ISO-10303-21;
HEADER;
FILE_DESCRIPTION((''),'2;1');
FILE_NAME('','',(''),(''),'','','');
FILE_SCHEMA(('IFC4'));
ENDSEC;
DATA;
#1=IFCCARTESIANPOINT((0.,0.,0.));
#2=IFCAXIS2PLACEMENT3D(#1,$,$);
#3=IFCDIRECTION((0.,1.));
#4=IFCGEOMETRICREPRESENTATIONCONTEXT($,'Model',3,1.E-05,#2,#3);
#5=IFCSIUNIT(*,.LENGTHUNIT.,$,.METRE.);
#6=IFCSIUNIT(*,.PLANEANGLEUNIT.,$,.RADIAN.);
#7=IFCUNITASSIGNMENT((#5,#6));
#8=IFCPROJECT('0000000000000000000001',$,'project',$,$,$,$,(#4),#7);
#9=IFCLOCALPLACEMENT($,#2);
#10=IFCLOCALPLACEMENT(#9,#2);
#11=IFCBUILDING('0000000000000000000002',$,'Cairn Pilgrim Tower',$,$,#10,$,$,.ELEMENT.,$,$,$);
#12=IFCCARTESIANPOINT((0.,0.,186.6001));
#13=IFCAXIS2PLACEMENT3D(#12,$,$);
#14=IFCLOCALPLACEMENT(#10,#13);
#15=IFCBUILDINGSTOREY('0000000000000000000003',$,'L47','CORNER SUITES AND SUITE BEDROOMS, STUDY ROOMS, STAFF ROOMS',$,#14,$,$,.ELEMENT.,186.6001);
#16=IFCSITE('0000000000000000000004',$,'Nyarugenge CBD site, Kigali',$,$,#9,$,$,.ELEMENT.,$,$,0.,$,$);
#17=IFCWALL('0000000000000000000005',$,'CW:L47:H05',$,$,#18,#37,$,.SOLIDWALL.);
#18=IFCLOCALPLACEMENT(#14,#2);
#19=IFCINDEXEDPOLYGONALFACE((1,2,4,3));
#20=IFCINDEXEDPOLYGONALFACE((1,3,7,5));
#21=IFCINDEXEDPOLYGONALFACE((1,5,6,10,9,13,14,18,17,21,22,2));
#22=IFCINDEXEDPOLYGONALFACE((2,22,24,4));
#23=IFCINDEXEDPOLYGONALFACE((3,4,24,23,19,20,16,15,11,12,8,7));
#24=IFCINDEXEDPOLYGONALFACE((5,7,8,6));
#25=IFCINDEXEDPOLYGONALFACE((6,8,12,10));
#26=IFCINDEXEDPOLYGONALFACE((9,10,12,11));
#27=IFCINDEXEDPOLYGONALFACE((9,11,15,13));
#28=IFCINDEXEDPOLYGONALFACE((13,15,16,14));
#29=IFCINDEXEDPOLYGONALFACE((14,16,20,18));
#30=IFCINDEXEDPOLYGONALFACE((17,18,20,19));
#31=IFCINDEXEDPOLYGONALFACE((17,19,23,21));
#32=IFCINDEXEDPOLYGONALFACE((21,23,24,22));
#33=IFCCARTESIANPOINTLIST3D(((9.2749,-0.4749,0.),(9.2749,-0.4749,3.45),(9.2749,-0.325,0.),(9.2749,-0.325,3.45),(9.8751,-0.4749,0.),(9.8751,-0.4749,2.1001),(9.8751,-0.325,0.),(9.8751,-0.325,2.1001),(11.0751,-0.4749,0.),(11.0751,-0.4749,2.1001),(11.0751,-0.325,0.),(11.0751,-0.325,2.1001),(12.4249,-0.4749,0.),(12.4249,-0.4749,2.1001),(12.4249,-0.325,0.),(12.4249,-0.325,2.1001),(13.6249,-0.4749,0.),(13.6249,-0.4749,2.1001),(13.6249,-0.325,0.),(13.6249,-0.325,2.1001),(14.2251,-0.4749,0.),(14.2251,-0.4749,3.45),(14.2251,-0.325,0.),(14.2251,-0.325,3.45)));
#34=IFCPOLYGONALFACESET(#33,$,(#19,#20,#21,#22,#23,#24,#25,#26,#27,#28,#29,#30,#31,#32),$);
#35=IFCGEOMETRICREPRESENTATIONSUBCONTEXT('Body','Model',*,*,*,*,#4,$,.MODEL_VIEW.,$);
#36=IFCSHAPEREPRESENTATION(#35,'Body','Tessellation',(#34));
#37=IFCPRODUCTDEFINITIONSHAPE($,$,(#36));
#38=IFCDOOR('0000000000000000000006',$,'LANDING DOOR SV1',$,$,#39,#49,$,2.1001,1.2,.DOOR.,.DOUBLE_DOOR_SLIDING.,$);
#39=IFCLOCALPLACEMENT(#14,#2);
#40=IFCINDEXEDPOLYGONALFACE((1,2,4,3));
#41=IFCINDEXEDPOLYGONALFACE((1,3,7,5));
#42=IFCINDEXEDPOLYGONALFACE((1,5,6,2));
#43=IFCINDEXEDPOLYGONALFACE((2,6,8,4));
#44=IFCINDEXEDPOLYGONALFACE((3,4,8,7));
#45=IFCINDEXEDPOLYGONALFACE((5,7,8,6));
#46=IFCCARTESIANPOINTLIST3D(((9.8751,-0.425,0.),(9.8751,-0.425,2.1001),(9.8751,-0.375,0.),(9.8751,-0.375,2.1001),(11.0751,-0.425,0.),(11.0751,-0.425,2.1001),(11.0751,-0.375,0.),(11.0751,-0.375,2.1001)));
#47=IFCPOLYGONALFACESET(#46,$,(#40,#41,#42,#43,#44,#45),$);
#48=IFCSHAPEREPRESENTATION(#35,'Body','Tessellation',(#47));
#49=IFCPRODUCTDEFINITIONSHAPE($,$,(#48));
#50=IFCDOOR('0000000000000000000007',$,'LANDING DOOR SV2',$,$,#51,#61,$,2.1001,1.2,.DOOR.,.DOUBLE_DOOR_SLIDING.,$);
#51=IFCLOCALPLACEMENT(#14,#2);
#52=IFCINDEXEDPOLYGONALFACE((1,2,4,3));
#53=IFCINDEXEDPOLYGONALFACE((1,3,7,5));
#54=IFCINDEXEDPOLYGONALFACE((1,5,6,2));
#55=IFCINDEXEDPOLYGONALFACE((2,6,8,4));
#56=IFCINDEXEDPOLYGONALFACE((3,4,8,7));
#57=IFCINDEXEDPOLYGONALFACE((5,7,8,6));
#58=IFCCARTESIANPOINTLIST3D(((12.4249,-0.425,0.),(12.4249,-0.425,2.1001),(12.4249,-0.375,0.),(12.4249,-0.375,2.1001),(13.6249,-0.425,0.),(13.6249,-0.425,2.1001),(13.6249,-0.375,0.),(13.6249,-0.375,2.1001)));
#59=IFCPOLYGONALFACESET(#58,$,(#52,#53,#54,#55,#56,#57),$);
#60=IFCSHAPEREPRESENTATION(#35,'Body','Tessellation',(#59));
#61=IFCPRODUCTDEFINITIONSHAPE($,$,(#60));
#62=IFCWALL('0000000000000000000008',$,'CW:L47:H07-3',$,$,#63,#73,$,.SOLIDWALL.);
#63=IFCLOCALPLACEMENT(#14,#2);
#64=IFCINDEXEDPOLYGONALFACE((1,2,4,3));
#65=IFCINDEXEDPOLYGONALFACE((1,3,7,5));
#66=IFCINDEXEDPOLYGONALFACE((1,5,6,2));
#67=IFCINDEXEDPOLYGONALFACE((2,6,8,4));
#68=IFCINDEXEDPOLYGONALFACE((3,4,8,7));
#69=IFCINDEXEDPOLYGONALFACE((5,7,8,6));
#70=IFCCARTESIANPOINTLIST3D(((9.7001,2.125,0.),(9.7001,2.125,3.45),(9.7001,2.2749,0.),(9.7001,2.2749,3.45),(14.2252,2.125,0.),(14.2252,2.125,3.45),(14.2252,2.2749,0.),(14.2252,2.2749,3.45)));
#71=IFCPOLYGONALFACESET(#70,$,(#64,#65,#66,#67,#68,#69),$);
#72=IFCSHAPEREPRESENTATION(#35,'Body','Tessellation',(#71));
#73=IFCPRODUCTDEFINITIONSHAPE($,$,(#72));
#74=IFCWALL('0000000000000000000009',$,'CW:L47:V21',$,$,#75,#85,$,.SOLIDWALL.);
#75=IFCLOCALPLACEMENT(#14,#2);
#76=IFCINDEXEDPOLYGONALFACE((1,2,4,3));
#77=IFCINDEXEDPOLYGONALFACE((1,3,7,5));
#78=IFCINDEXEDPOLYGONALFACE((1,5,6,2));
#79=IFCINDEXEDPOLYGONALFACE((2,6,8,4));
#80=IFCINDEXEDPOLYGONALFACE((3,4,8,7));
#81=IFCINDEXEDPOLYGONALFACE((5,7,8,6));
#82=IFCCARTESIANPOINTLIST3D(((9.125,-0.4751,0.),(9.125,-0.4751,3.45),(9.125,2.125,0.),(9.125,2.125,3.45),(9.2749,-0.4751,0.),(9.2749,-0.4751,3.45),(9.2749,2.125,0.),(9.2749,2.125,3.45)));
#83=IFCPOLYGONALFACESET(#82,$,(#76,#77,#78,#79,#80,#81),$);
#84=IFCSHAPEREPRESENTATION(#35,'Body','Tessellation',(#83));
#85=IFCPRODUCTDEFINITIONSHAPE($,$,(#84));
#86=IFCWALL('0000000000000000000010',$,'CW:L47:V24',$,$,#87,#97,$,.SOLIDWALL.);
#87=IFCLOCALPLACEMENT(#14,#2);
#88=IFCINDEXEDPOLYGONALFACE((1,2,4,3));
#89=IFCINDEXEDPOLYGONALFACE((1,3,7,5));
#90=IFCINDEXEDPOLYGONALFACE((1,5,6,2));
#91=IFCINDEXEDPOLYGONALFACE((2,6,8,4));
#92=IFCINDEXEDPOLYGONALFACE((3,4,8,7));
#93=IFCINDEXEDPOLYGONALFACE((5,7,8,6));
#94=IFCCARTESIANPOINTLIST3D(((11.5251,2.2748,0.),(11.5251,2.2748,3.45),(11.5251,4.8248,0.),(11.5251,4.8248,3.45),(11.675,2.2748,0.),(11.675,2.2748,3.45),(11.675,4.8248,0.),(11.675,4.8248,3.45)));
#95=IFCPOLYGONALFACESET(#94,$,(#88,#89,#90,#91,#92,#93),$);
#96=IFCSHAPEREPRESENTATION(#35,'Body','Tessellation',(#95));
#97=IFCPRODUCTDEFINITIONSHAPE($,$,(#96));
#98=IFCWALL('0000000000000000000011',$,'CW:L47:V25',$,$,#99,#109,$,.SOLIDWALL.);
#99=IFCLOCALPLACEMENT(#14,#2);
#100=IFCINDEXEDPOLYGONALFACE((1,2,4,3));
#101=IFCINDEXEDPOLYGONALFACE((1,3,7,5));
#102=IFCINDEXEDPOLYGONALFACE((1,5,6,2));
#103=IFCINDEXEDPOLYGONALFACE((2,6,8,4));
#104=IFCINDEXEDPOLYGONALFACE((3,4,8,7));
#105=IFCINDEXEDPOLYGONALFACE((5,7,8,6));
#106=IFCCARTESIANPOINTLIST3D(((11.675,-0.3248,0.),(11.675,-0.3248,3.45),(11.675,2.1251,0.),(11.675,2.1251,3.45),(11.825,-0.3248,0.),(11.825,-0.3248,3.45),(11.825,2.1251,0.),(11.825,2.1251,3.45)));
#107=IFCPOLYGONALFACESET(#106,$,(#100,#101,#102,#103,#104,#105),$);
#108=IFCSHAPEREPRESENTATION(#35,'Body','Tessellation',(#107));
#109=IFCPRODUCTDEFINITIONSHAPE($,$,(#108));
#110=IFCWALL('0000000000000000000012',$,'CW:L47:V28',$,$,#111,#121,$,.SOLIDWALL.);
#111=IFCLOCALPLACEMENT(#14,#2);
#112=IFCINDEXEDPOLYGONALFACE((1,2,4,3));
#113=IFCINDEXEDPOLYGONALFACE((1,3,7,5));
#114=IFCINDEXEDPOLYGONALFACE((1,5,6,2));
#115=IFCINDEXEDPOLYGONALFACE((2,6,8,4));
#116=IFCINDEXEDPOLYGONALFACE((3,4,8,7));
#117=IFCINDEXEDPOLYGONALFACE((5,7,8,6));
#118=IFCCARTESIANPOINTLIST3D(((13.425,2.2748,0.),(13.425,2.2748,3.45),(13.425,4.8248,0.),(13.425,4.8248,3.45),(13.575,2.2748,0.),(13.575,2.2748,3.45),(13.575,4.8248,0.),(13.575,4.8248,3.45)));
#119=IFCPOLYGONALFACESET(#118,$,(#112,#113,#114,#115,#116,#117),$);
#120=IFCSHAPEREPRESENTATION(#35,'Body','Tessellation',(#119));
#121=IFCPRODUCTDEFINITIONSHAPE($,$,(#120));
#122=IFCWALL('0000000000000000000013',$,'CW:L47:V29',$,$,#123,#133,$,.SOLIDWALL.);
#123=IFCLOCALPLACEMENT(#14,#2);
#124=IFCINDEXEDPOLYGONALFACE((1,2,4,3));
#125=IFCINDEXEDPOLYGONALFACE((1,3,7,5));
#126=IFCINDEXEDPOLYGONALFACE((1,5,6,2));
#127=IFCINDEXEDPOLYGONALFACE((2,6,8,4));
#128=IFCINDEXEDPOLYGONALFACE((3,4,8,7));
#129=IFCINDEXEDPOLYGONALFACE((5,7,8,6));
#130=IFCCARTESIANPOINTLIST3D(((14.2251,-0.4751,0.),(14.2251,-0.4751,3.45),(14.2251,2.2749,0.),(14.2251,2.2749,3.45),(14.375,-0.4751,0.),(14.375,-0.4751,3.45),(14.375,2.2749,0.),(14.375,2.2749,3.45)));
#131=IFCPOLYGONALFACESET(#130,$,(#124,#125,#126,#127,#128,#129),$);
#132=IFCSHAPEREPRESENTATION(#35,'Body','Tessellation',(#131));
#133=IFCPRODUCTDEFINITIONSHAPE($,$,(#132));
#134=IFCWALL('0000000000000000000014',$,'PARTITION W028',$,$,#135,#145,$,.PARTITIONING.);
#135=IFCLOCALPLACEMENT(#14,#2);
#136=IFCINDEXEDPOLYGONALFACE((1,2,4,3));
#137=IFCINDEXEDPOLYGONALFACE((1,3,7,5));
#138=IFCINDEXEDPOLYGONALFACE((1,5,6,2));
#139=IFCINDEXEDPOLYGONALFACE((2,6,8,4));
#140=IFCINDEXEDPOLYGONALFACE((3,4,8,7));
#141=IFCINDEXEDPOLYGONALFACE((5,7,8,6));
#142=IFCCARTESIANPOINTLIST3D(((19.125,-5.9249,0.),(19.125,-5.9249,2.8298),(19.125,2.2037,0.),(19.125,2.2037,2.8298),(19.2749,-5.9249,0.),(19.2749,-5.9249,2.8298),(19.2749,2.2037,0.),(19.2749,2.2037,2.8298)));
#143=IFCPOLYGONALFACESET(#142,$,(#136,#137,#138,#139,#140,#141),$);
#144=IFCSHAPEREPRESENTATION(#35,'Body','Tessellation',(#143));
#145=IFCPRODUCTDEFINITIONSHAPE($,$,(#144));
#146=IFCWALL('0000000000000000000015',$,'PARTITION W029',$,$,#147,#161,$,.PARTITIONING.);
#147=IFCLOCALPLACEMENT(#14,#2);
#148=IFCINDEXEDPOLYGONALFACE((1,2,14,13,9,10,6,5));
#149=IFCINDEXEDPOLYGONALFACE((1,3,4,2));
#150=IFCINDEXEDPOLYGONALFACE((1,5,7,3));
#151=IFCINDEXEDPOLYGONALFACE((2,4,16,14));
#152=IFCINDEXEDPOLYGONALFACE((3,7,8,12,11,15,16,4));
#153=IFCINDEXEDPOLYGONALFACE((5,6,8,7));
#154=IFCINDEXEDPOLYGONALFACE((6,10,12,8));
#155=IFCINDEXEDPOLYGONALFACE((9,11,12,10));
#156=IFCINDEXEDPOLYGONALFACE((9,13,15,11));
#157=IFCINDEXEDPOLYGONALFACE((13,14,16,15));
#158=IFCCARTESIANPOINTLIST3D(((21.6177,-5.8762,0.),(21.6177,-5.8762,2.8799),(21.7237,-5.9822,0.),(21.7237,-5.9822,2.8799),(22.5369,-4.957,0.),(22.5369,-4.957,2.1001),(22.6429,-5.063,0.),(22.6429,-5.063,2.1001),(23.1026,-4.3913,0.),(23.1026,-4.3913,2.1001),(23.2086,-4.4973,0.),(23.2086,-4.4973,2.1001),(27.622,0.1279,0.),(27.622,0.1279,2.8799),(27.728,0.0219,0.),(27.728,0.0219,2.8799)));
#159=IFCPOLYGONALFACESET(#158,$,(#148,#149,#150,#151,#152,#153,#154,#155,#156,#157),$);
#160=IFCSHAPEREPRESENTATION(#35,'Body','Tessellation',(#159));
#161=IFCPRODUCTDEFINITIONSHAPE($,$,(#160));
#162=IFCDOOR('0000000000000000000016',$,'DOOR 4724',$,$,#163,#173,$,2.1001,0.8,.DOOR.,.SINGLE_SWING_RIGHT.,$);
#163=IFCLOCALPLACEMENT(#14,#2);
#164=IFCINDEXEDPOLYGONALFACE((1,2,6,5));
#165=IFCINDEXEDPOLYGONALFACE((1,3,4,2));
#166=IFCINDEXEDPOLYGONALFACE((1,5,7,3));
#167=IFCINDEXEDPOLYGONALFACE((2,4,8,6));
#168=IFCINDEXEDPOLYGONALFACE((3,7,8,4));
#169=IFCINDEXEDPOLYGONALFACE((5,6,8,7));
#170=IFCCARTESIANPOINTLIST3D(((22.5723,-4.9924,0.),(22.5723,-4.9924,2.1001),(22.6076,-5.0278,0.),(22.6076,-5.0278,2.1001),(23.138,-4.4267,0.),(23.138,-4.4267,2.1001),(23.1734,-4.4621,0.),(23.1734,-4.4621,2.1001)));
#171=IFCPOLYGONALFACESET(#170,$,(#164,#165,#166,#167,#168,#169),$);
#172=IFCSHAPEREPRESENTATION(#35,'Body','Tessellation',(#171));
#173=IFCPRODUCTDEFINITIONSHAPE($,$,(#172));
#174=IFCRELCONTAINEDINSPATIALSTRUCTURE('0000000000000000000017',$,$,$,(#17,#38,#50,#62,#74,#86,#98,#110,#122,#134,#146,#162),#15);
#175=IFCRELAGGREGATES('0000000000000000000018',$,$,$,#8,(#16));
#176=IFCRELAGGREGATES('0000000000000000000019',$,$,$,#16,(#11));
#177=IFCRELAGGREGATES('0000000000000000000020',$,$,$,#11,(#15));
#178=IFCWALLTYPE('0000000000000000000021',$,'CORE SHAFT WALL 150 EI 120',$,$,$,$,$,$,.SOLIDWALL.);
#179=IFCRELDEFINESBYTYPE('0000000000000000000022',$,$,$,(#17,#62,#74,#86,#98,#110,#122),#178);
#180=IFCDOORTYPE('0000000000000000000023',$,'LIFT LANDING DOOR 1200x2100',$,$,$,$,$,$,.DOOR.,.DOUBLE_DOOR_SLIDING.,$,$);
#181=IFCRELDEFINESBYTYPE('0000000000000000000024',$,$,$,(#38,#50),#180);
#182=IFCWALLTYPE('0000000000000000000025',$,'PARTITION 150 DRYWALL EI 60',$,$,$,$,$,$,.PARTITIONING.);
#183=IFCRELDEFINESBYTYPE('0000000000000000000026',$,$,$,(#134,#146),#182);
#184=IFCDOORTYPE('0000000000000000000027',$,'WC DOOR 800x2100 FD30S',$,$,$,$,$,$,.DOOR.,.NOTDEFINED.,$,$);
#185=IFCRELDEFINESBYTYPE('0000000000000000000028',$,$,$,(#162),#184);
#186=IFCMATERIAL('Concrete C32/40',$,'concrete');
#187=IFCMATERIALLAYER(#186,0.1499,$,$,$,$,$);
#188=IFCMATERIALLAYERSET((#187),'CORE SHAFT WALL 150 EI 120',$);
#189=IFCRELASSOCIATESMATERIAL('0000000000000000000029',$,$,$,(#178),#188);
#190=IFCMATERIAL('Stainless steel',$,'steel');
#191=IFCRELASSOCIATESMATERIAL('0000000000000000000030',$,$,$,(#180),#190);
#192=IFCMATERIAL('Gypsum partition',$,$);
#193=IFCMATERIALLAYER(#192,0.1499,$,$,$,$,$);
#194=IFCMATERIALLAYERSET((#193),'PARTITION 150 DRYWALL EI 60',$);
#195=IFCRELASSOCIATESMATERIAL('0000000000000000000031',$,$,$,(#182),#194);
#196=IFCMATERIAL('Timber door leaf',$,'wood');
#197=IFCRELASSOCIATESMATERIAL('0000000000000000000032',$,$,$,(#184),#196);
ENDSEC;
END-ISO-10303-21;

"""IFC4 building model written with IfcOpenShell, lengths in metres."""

from ifc_helpers import new_model, si_unit, direction, frame, frame_2d, origin, place, context, subcontext, project, spatial, rectangle, extrude, material, layer, layer_set, type_object, element, fill, save


model = new_model("IFC4")

# Units and contexts
model_context = context("Model", 3, precision=1e-05, world=origin(), true_north=direction((0.0, 1.0)))
body_context = subcontext(model_context, "Body", "Model", "MODEL_VIEW")
ifc_project = project(units=[si_unit("LENGTHUNIT", "METRE"), si_unit("PLANEANGLEUNIT", "RADIAN")], contexts=[model_context])

# Site, building, storey
site_placement = place(None, origin())
site = spatial("IfcSite", under=ifc_project, at=site_placement, Name="Nyarugenge CBD site, Kigali", CompositionType="ELEMENT", RefElevation=0.0)
building_placement = place(site_placement, origin())
building = spatial("IfcBuilding", under=site, at=building_placement, Name="Cairn Pilgrim Tower", CompositionType="ELEMENT")
storey_placement = place(building_placement, frame((0.0, 0.0, 186.6001)))
storey = spatial("IfcBuildingStorey", under=building, at=storey_placement, Name="L47", Description="CORNER SUITES AND SUITE BEDROOMS, STUDY ROOMS, STAFF ROOMS", CompositionType="ELEMENT", Elevation=186.6001)

# Shared definitions
ifc_material_1 = material(Name="Concrete C32/40", Category="concrete")

# Wall, openings, doors
ifc_layer_1 = layer(ifc_material_1, 0.1499)
ifc_layer_set_1 = layer_set([ifc_layer_1], Name="CORE SHAFT WALL 150 EI 120")
wall_type_1 = type_object("IfcWallType", Name="CORE SHAFT WALL 150 EI 120", PredefinedType="SOLIDWALL", material=ifc_layer_set_1)
wall_1_placement = place(storey_placement, frame((9.2749, -0.3999, 0.0), z_axis=(0.0, 0.0, 1.0), x_axis=(1.0, 0.0, 0.0)))
wall_1 = element("IfcWall", 1, at=wall_1_placement, inside=storey, type_object=wall_type_1, Name="CW:L47:H05", PredefinedType="SOLIDWALL", context=body_context, shape_type="SweptSolid", body=[
    extrude(rectangle(XDim=4.9502, YDim=0.1499, at=frame_2d((2.4751, 0.0))), origin(), (0.0, 0.0, 1.0), 3.45),
])
opening_1_placement = place(wall_1_placement, frame((0.6001, 0.0, 0.0)))
opening_1 = element("IfcOpeningElement", 2, at=opening_1_placement, cuts=wall_1, PredefinedType="OPENING", context=body_context, shape_type="SweptSolid", body=[
    extrude(rectangle(XDim=1.2, YDim=2.1001, at=frame_2d((0.6001, 1.05))), frame((0.0, 0.085, 0.0), z_axis=(0.0, -1.0, 0.0), x_axis=(1.0, 0.0, 0.0)), (0.0, 0.0, 1.0), 0.1699),
])
opening_2_placement = place(wall_1_placement, frame((3.1499, 0.0, 0.0)))
opening_2 = element("IfcOpeningElement", 3, at=opening_2_placement, cuts=wall_1, PredefinedType="OPENING", context=body_context, shape_type="SweptSolid", body=[
    extrude(rectangle(XDim=1.2, YDim=2.1001, at=frame_2d((0.6001, 1.05))), frame((0.0, 0.085, 0.0), z_axis=(0.0, -1.0, 0.0), x_axis=(1.0, 0.0, 0.0)), (0.0, 0.0, 1.0), 0.1699),
])
ifc_material_2 = material(Name="Stainless steel", Category="steel")
door_type_1 = type_object("IfcDoorType", Name="LIFT LANDING DOOR 1200x2100", OperationType="DOUBLE_DOOR_SLIDING", PredefinedType="DOOR", material=ifc_material_2)
door_1_placement = place(opening_1_placement, origin())
door_1 = element("IfcDoor", 4, at=door_1_placement, inside=storey, type_object=door_type_1, Name="LANDING DOOR SV1", OperationType="DOUBLE_DOOR_SLIDING", OverallHeight=2.1001, OverallWidth=1.2, PredefinedType="DOOR", context=body_context, shape_type="SweptSolid", body=[
    extrude(rectangle(XDim=1.2, YDim=2.1001, at=frame_2d((0.6001, 1.05))), frame((0.0, 0.0249, 0.0), z_axis=(0.0, -1.0, 0.0), x_axis=(1.0, 0.0, 0.0)), (0.0, 0.0, 1.0), 0.05),
])
fill(opening_1, door_1)
door_2_placement = place(opening_2_placement, origin())
door_2 = element("IfcDoor", 5, at=door_2_placement, inside=storey, type_object=door_type_1, Name="LANDING DOOR SV2", OperationType="DOUBLE_DOOR_SLIDING", OverallHeight=2.1001, OverallWidth=1.2, PredefinedType="DOOR", context=body_context, shape_type="SweptSolid", body=[
    extrude(rectangle(XDim=1.2, YDim=2.1001, at=frame_2d((0.6001, 1.05))), frame((0.0, 0.0249, 0.0), z_axis=(0.0, -1.0, 0.0), x_axis=(1.0, 0.0, 0.0)), (0.0, 0.0, 1.0), 0.05),
])
fill(opening_2, door_2)

# Walls
wall_2_placement = place(storey_placement, frame((9.7, 2.2, 0.0), z_axis=(0.0, 0.0, 1.0), x_axis=(1.0, 0.0, 0.0)))
element("IfcWall", 6, at=wall_2_placement, inside=storey, type_object=wall_type_1, Name="CW:L47:H07-3", PredefinedType="SOLIDWALL", context=body_context, shape_type="SweptSolid", body=[
    extrude(rectangle(XDim=4.5251, YDim=0.1499, at=frame_2d((2.2627, 0.0))), origin(), (0.0, 0.0, 1.0), 3.45),
])
wall_3_placement = place(storey_placement, frame((9.2, -0.4751, 0.0), z_axis=(0.0, 0.0, 1.0), x_axis=(0.0, 1.0, 0.0)))
element("IfcWall", 7, at=wall_3_placement, inside=storey, type_object=wall_type_1, Name="CW:L47:V21", PredefinedType="SOLIDWALL", context=body_context, shape_type="SweptSolid", body=[
    extrude(rectangle(XDim=2.6001, YDim=0.1499, at=frame_2d((1.3, 0.0))), origin(), (0.0, 0.0, 1.0), 3.45),
])
wall_4_placement = place(storey_placement, frame((11.6001, 2.2749, 0.0), z_axis=(0.0, 0.0, 1.0), x_axis=(0.0, 1.0, 0.0)))
element("IfcWall", 8, at=wall_4_placement, inside=storey, type_object=wall_type_1, Name="CW:L47:V24", PredefinedType="SOLIDWALL", context=body_context, shape_type="SweptSolid", body=[
    extrude(rectangle(XDim=2.55, YDim=0.1499, at=frame_2d((1.2749, 0.0))), origin(), (0.0, 0.0, 1.0), 3.45),
])
wall_5_placement = place(storey_placement, frame((11.75, -0.325, 0.0), z_axis=(0.0, 0.0, 1.0), x_axis=(0.0, 1.0, 0.0)))
element("IfcWall", 9, at=wall_5_placement, inside=storey, type_object=wall_type_1, Name="CW:L47:V25", PredefinedType="SOLIDWALL", context=body_context, shape_type="SweptSolid", body=[
    extrude(rectangle(XDim=2.45, YDim=0.1499, at=frame_2d((1.2251, 0.0))), origin(), (0.0, 0.0, 1.0), 3.45),
])
wall_6_placement = place(storey_placement, frame((13.5, 2.2749, 0.0), z_axis=(0.0, 0.0, 1.0), x_axis=(0.0, 1.0, 0.0)))
element("IfcWall", 10, at=wall_6_placement, inside=storey, type_object=wall_type_1, Name="CW:L47:V28", PredefinedType="SOLIDWALL", context=body_context, shape_type="SweptSolid", body=[
    extrude(rectangle(XDim=2.55, YDim=0.1499, at=frame_2d((1.2749, 0.0))), origin(), (0.0, 0.0, 1.0), 3.45),
])
wall_7_placement = place(storey_placement, frame((14.3, -0.4751, 0.0), z_axis=(0.0, 0.0, 1.0), x_axis=(0.0, 1.0, 0.0)))
element("IfcWall", 11, at=wall_7_placement, inside=storey, type_object=wall_type_1, Name="CW:L47:V29", PredefinedType="SOLIDWALL", context=body_context, shape_type="SweptSolid", body=[
    extrude(rectangle(XDim=2.75, YDim=0.1499, at=frame_2d((1.375, 0.0))), origin(), (0.0, 0.0, 1.0), 3.45),
])
ifc_material_3 = material(Name="Gypsum partition")
ifc_layer_2 = layer(ifc_material_3, 0.1499)
ifc_layer_set_2 = layer_set([ifc_layer_2], Name="PARTITION 150 DRYWALL EI 60")
wall_type_2 = type_object("IfcWallType", Name="PARTITION 150 DRYWALL EI 60", PredefinedType="PARTITIONING", material=ifc_layer_set_2)
wall_8_placement = place(storey_placement, frame((19.2, -5.925, 0.0), z_axis=(0.0, 0.0, 1.0), x_axis=(0.0, 1.0, 0.0)))
element("IfcWall", 12, at=wall_8_placement, inside=storey, type_object=wall_type_2, Name="PARTITION W028", PredefinedType="PARTITIONING", context=body_context, shape_type="SweptSolid", body=[
    extrude(rectangle(XDim=8.1287, YDim=0.1499, at=frame_2d((4.0645, 0.0))), origin(), (0.0, 0.0, 1.0), 2.8298),
])

# Wall, opening, door
wall_9_placement = place(storey_placement, frame((21.6707, -5.9292, 0.0), z_axis=(0.0, 0.0, 1.0), x_axis=(0.707121, 0.707092, 0.0)))
wall_9 = element("IfcWall", 13, at=wall_9_placement, inside=storey, type_object=wall_type_2, Name="PARTITION W029", PredefinedType="PARTITIONING", context=body_context, shape_type="SweptSolid", body=[
    extrude(rectangle(XDim=8.4912, YDim=0.1499, at=frame_2d((4.2456, 0.0))), origin(), (0.0, 0.0, 1.0), 2.8799),
])
opening_3_placement = place(wall_9_placement, frame((1.3, 0.0, 0.0)))
opening_3 = element("IfcOpeningElement", 14, at=opening_3_placement, cuts=wall_9, PredefinedType="OPENING", context=body_context, shape_type="SweptSolid", body=[
    extrude(rectangle(XDim=0.8, YDim=2.1001, at=frame_2d((0.3999, 1.05))), frame((0.0, 0.085, 0.0), z_axis=(0.0, -1.0, 0.0), x_axis=(1.0, 0.0, 0.0)), (0.0, 0.0, 1.0), 0.1699),
])
ifc_material_4 = material(Name="Timber door leaf", Category="wood")
door_type_2 = type_object("IfcDoorType", Name="WC DOOR 800x2100 FD30S", OperationType="NOTDEFINED", PredefinedType="DOOR", material=ifc_material_4)
door_3_placement = place(opening_3_placement, origin())
door_3 = element("IfcDoor", 15, at=door_3_placement, inside=storey, type_object=door_type_2, Name="DOOR 4724", OperationType="SINGLE_SWING_RIGHT", OverallHeight=2.1001, OverallWidth=0.8, PredefinedType="DOOR", context=body_context, shape_type="SweptSolid", body=[
    extrude(rectangle(XDim=0.8, YDim=2.1001, at=frame_2d((0.3999, 1.05))), frame((0.0, 0.0249, 0.0), z_axis=(0.0, -1.0, 0.0), x_axis=(1.0, 0.0, 0.0)), (0.0, 0.0, 1.0), 0.05),
])
fill(opening_3, door_3)

save(model, "model.ifc")
